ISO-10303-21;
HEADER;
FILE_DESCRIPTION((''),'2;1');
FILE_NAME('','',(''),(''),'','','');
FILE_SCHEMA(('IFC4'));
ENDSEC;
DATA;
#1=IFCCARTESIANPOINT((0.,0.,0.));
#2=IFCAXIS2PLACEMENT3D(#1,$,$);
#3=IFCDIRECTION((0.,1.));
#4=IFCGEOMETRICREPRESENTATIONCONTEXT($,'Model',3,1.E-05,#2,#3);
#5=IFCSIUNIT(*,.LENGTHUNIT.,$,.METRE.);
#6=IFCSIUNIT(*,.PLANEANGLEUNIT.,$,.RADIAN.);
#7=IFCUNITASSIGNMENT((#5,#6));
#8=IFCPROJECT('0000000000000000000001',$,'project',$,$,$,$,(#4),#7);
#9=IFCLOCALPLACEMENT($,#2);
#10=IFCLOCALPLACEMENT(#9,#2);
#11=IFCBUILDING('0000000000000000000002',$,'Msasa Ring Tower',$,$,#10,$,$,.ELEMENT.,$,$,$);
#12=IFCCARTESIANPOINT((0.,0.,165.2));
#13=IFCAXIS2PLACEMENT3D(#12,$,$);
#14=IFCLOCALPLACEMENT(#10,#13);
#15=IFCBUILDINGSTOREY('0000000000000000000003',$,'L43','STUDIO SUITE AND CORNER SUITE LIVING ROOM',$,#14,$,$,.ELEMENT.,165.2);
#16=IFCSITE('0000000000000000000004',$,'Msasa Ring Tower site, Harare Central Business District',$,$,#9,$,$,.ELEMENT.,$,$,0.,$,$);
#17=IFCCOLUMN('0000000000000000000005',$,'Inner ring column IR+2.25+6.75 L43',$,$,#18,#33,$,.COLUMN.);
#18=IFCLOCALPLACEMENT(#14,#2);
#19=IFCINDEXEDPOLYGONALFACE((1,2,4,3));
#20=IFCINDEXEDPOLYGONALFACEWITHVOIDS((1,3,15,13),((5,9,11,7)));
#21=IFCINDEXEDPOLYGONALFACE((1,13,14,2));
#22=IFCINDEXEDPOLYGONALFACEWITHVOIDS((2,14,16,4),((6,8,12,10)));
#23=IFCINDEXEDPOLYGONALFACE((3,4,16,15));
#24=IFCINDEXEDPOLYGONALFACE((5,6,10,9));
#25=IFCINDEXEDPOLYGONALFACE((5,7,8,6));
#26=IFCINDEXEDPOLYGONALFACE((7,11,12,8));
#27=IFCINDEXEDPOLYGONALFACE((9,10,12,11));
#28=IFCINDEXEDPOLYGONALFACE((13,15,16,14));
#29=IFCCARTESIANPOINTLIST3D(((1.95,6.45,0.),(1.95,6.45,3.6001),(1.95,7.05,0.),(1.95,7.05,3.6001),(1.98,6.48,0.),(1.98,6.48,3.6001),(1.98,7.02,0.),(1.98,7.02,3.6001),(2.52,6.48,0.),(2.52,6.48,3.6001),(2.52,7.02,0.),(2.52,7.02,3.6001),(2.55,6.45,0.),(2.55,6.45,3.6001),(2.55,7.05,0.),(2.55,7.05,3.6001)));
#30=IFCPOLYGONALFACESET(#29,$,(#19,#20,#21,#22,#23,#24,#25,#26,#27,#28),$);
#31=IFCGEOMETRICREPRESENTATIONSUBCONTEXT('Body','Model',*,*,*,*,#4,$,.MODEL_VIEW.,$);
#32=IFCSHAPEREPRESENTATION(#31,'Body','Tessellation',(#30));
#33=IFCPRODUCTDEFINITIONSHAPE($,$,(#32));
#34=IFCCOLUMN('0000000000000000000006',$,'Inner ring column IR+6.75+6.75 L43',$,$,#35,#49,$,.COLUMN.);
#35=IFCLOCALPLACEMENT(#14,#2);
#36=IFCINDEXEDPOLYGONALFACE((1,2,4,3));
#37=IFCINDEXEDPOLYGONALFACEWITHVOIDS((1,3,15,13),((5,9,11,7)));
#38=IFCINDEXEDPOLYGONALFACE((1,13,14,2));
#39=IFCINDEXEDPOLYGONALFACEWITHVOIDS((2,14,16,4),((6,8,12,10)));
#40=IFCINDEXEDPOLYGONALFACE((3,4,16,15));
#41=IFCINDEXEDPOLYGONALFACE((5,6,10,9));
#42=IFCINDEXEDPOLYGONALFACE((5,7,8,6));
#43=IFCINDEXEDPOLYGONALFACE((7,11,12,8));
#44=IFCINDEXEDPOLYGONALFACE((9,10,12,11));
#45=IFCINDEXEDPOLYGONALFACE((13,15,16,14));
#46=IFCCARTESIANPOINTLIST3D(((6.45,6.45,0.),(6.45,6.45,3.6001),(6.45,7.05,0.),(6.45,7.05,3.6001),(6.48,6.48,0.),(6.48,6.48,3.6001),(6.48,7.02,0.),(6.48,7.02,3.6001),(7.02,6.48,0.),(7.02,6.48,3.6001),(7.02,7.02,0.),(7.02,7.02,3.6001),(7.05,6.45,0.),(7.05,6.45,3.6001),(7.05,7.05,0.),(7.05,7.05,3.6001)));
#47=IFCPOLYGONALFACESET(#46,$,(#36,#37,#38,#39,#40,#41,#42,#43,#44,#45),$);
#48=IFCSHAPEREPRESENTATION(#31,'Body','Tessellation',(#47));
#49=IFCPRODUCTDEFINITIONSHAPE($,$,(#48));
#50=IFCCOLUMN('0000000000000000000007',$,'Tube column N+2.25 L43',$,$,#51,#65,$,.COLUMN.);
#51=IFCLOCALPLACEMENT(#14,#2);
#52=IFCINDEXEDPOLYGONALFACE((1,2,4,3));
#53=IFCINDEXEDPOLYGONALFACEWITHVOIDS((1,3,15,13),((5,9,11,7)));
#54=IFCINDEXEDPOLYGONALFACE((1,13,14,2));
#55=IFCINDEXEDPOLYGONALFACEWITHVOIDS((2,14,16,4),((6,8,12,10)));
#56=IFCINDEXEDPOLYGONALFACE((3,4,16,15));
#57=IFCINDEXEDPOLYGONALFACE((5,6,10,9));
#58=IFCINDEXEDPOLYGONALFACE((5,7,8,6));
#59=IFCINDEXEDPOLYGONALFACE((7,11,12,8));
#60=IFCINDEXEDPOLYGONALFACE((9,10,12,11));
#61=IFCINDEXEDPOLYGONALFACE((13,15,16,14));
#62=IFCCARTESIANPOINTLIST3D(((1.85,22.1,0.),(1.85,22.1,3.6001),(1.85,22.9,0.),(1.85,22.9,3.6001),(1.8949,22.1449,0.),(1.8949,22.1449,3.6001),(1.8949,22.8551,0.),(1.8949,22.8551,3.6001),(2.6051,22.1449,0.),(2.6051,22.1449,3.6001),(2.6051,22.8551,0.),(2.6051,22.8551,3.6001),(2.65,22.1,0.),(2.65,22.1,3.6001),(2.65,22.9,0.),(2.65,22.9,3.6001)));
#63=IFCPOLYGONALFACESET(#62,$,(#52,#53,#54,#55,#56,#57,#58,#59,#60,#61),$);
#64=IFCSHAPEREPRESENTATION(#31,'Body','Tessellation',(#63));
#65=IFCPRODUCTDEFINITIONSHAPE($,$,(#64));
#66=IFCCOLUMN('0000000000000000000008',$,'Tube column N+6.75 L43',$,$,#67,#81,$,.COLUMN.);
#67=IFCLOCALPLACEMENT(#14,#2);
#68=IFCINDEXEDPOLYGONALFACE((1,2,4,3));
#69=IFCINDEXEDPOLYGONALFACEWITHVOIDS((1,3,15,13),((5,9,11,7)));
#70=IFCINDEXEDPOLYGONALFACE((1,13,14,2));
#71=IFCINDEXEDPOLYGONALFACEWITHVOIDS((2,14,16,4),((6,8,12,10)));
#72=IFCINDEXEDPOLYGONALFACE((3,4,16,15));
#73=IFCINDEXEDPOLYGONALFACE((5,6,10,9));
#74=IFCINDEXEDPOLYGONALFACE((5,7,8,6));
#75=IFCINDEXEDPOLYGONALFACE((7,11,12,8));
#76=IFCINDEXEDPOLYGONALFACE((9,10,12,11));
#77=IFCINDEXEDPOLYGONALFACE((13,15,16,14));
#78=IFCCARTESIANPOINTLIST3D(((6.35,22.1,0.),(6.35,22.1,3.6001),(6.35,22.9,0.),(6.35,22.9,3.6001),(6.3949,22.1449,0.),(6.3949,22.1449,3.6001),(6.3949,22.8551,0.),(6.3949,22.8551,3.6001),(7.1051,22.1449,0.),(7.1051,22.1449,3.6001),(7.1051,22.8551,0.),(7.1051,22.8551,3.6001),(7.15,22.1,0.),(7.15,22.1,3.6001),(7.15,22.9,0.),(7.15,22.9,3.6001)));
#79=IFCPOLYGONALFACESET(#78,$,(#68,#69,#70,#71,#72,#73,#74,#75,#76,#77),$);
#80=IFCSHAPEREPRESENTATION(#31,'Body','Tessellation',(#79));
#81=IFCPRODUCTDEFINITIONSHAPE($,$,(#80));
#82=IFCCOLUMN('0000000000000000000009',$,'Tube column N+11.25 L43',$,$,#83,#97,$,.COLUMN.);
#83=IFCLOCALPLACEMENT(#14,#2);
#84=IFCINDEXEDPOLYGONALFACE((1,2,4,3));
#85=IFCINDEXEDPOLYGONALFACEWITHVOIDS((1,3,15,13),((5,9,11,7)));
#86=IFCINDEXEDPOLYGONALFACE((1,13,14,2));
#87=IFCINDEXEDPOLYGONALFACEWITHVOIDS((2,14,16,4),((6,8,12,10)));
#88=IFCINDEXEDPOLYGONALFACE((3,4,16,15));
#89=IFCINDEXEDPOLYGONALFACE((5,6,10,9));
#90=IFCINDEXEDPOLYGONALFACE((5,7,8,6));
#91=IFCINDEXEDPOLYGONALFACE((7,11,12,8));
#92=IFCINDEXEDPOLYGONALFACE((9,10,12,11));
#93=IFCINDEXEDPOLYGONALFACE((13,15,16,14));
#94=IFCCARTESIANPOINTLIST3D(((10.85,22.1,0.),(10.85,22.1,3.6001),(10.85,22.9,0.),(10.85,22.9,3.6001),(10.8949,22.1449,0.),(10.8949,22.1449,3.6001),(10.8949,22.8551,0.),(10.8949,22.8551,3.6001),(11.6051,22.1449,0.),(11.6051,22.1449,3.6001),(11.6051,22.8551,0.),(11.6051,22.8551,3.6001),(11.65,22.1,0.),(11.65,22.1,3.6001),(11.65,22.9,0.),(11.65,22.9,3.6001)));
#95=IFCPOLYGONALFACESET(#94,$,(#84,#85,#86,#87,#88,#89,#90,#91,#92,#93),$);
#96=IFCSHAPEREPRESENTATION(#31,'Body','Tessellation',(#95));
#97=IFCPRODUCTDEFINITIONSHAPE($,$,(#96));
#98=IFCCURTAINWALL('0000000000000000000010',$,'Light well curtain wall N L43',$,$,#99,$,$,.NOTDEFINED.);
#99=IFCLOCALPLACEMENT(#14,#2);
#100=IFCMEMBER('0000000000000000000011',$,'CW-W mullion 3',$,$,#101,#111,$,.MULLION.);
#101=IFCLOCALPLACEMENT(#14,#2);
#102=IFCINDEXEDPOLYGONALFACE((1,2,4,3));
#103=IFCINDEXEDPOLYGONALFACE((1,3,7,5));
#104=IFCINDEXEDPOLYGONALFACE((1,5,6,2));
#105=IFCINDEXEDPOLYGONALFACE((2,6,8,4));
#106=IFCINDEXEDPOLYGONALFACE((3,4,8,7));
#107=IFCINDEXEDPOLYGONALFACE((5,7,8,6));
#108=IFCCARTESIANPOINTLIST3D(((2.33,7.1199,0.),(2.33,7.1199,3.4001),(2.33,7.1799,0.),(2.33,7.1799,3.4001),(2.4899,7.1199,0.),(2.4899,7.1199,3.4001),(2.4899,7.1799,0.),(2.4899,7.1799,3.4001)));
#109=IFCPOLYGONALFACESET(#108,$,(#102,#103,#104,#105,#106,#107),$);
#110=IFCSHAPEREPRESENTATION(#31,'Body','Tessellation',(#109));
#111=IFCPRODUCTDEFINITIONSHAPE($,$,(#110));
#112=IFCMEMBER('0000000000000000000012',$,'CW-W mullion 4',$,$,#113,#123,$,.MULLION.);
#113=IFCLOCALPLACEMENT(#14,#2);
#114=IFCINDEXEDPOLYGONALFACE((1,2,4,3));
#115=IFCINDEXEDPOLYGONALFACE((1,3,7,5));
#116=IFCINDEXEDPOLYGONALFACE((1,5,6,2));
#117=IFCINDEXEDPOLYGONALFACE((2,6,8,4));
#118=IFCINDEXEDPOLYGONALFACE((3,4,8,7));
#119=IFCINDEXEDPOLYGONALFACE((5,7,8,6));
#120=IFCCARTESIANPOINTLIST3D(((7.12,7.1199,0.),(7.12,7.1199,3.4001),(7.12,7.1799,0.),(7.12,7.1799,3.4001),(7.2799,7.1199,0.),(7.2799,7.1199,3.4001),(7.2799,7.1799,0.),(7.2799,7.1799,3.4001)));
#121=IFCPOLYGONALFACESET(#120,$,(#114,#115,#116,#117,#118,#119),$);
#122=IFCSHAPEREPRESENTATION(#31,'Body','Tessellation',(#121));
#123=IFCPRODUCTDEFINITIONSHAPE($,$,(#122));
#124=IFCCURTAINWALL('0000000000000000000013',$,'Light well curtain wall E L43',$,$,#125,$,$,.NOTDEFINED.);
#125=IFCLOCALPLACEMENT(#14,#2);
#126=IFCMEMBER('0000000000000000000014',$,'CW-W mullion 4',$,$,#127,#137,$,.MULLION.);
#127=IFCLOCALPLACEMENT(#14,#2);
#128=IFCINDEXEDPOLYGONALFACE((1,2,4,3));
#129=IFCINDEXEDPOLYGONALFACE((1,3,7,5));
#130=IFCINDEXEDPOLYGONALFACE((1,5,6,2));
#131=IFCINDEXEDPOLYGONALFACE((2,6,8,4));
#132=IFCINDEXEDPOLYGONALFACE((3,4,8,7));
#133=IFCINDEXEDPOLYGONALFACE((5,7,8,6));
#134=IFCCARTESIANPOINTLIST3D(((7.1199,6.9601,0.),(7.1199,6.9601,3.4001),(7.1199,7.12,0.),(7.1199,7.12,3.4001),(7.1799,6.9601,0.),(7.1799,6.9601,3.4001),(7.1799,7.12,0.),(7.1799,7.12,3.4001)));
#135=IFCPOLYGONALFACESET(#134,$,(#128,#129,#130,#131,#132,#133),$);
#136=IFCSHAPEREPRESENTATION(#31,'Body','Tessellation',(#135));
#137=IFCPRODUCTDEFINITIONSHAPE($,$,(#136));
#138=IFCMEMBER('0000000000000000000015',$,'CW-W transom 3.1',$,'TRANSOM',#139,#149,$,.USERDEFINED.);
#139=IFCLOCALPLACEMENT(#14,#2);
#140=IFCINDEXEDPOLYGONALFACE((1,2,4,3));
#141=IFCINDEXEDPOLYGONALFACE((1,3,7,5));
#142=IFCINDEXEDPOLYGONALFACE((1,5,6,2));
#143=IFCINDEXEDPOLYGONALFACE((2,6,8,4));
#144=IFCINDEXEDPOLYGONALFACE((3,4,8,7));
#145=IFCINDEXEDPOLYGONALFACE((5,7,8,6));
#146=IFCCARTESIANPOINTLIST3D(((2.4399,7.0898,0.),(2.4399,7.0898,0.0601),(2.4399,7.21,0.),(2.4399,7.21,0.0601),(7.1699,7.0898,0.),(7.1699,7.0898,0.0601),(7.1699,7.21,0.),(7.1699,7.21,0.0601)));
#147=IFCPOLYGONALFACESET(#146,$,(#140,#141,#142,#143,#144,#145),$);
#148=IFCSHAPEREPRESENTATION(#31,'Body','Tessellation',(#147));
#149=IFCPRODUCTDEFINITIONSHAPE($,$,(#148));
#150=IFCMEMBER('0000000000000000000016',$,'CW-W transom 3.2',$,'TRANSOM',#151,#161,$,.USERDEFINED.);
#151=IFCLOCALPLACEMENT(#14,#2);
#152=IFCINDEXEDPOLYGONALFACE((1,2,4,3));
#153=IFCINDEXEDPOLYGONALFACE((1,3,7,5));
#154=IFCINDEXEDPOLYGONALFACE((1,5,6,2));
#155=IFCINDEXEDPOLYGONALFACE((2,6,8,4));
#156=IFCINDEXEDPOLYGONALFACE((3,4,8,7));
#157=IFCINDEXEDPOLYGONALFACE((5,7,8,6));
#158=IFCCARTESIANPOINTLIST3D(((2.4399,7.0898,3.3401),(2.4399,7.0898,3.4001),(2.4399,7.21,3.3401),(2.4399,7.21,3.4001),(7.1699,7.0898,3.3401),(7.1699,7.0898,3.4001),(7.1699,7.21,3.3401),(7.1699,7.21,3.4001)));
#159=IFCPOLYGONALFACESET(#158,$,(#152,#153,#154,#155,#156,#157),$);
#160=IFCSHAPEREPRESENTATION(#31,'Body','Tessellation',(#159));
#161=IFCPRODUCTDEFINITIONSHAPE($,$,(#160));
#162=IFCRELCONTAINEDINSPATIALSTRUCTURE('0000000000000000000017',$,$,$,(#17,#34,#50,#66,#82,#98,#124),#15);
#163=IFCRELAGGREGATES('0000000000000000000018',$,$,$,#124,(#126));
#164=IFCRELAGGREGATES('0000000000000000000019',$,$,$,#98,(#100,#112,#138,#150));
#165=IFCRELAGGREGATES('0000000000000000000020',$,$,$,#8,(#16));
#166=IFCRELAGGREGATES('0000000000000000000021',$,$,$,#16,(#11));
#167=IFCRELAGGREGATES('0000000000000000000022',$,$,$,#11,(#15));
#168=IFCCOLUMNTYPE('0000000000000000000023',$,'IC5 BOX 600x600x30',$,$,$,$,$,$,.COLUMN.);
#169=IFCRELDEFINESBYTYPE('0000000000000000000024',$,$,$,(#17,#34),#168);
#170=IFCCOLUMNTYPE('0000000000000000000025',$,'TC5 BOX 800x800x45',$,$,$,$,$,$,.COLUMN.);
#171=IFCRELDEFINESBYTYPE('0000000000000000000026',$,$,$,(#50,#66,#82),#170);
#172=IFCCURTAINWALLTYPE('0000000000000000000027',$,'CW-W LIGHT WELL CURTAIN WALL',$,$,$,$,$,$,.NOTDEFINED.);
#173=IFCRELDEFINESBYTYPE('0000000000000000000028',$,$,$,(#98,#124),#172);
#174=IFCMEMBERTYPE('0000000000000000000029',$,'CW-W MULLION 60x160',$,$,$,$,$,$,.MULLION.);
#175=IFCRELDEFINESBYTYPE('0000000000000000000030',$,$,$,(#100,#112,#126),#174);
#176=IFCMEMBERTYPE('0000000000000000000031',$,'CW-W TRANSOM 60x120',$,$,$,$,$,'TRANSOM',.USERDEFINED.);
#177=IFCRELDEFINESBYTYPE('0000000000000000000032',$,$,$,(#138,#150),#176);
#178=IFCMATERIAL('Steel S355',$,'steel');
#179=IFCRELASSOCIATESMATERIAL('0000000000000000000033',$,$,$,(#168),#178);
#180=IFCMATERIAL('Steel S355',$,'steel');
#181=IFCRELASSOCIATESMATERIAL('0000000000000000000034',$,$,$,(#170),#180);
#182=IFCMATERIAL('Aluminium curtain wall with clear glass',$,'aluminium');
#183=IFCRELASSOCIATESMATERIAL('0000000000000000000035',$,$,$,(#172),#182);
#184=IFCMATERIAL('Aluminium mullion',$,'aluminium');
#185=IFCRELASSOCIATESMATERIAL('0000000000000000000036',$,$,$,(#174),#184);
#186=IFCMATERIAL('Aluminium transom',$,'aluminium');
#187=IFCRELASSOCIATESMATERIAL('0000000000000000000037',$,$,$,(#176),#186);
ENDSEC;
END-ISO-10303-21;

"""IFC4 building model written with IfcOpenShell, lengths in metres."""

from ifc_helpers import new_model, si_unit, direction, frame, origin, origin_2d, place, context, subcontext, project, spatial, rectangle, hollow_rectangle, extrude, material, material_profile, profile_set, type_object, element, aggregate, save


model = new_model("IFC4")

# Units and contexts
model_context = context("Model", 3, precision=1e-05, world=origin(), true_north=direction((0.0, 1.0)))
body_context = subcontext(model_context, "Body", "Model", "MODEL_VIEW")
ifc_project = project(units=[si_unit("LENGTHUNIT", "METRE"), si_unit("PLANEANGLEUNIT", "RADIAN")], contexts=[model_context])

# Site, building, storey
site_placement = place(None, origin())
site = spatial("IfcSite", under=ifc_project, at=site_placement, Name="Msasa Ring Tower site, Harare Central Business District", CompositionType="ELEMENT", RefElevation=0.0)
building_placement = place(site_placement, origin())
building = spatial("IfcBuilding", under=site, at=building_placement, Name="Msasa Ring Tower", CompositionType="ELEMENT")
storey_placement = place(building_placement, frame((0.0, 0.0, 165.2)))
storey = spatial("IfcBuildingStorey", under=building, at=storey_placement, Name="L43", Description="STUDIO SUITE AND CORNER SUITE LIVING ROOM", CompositionType="ELEMENT", Elevation=165.2)

# Columns
ifc_material_1 = material(Name="Steel S355", Category="steel")
ifc_material_profile_1 = material_profile(ifc_material_1, hollow_rectangle(XDim=0.6001, YDim=0.6001, WallThickness=0.03, at=origin_2d()), Name="BOX 600x600x30")
ifc_profile_set_1 = profile_set([ifc_material_profile_1], Name="Steel S355")
column_type_1 = type_object("IfcColumnType", Name="IC5 BOX 600x600x30", PredefinedType="COLUMN", material=ifc_profile_set_1)
for number, where, z_axis, x_axis, name in (
    (1, (2.25, 6.75, 0.0), (0.0, 0.0, 1.0), (1.0, 0.0, 0.0), "Inner ring column IR+2.25+6.75 L43"),
    (2, (6.75, 6.75, 0.0), (0.0, 0.0, 1.0), (1.0, 0.0, 0.0), "Inner ring column IR+6.75+6.75 L43"),
):
    element("IfcColumn", number, at=place(storey_placement, frame(where, z_axis=z_axis, x_axis=x_axis)), inside=storey, type_object=column_type_1, Name=name, PredefinedType="COLUMN", context=body_context, shape_type="SweptSolid", body=[
        extrude(hollow_rectangle(XDim=0.6001, YDim=0.6001, WallThickness=0.03, at=origin_2d()), origin(), (0.0, 0.0, 1.0), 3.6001),
    ])
ifc_material_2 = material(Name="Steel S355", Category="steel")
ifc_material_profile_2 = material_profile(ifc_material_2, hollow_rectangle(XDim=0.8, YDim=0.8, WallThickness=0.0449, at=origin_2d()), Name="BOX 800x800x45")
ifc_profile_set_2 = profile_set([ifc_material_profile_2], Name="Steel S355")
column_type_2 = type_object("IfcColumnType", Name="TC5 BOX 800x800x45", PredefinedType="COLUMN", material=ifc_profile_set_2)
for number, where, z_axis, x_axis, name in (
    (3, (2.25, 22.5, 0.0), (0.0, 0.0, 1.0), (0.0, 1.0, 0.0), "Tube column N+2.25 L43"),
    (4, (6.75, 22.5, 0.0), (0.0, 0.0, 1.0), (0.0, 1.0, 0.0), "Tube column N+6.75 L43"),
    (5, (11.25, 22.5, 0.0), (0.0, 0.0, 1.0), (0.0, 1.0, 0.0), "Tube column N+11.25 L43"),
):
    element("IfcColumn", number, at=place(storey_placement, frame(where, z_axis=z_axis, x_axis=x_axis)), inside=storey, type_object=column_type_2, Name=name, PredefinedType="COLUMN", context=body_context, shape_type="SweptSolid", body=[
        extrude(hollow_rectangle(XDim=0.8, YDim=0.8, WallThickness=0.0449, at=origin_2d()), origin(), (0.0, 0.0, 1.0), 3.6001),
    ])

# Curtain wall, members
ifc_material_3 = material(Name="Aluminium curtain wall with clear glass", Category="aluminium")
curtain_wall_type = type_object("IfcCurtainWallType", Name="CW-W LIGHT WELL CURTAIN WALL", PredefinedType="NOTDEFINED", material=ifc_material_3)
curtain_wall_1_placement = place(storey_placement, origin())
curtain_wall_1 = element("IfcCurtainWall", 6, at=curtain_wall_1_placement, inside=storey, type_object=curtain_wall_type, Name="Light well curtain wall N L43", PredefinedType="NOTDEFINED")
ifc_material_4 = material(Name="Aluminium mullion", Category="aluminium")
ifc_material_profile_3 = material_profile(ifc_material_4, rectangle(XDim=0.0601, YDim=0.1599, at=origin_2d()), Name="AL 60x160")
ifc_profile_set_3 = profile_set([ifc_material_profile_3], Name="Aluminium mullion")
member_type_1 = type_object("IfcMemberType", Name="CW-W MULLION 60x160", PredefinedType="MULLION", material=ifc_profile_set_3)
member_1_placement = place(storey_placement, frame((2.4099, 7.1499, 0.0), z_axis=(0.0, 0.0, 1.0), x_axis=(0.0, 1.0, 0.0)))
member_1 = element("IfcMember", 7, at=member_1_placement, type_object=member_type_1, Name="CW-W mullion 3", PredefinedType="MULLION", context=body_context, shape_type="SweptSolid", body=[
    extrude(rectangle(XDim=0.0601, YDim=0.1599, at=origin_2d()), origin(), (0.0, 0.0, 1.0), 3.4001),
])
member_2_placement = place(storey_placement, frame((7.2, 7.1499, 0.0), z_axis=(0.0, 0.0, 1.0), x_axis=(0.0, 1.0, 0.0)))
member_2 = element("IfcMember", 8, at=member_2_placement, type_object=member_type_1, Name="CW-W mullion 4", PredefinedType="MULLION", context=body_context, shape_type="SweptSolid", body=[
    extrude(rectangle(XDim=0.0601, YDim=0.1599, at=origin_2d()), origin(), (0.0, 0.0, 1.0), 3.4001),
])

# Curtain wall, member
curtain_wall_2_placement = place(storey_placement, origin())
curtain_wall_2 = element("IfcCurtainWall", 9, at=curtain_wall_2_placement, inside=storey, type_object=curtain_wall_type, Name="Light well curtain wall E L43", PredefinedType="NOTDEFINED")
member_3_placement = place(storey_placement, frame((7.1499, 7.04, 0.0), z_axis=(0.0, 0.0, 1.0), x_axis=(-1.0, 0.0, 0.0)))
member_3 = element("IfcMember", 10, at=member_3_placement, type_object=member_type_1, Name="CW-W mullion 4", PredefinedType="MULLION", context=body_context, shape_type="SweptSolid", body=[
    extrude(rectangle(XDim=0.0601, YDim=0.1599, at=origin_2d()), origin(), (0.0, 0.0, 1.0), 3.4001),
])
aggregate(curtain_wall_2, [member_3])

# Members
ifc_material_5 = material(Name="Aluminium transom", Category="aluminium")
ifc_material_profile_4 = material_profile(ifc_material_5, rectangle(XDim=0.1201, YDim=0.0601, at=origin_2d()), Name="AL 60x120")
ifc_profile_set_4 = profile_set([ifc_material_profile_4], Name="Aluminium transom")
member_type_2 = type_object("IfcMemberType", Name="CW-W TRANSOM 60x120", ElementType="TRANSOM", PredefinedType="USERDEFINED", material=ifc_profile_set_4)
member_4_placement = place(storey_placement, frame((2.4399, 7.1499, 0.03), z_axis=(1.0, 0.0, 0.0), x_axis=(0.0, 1.0, 0.0)))
member_4 = element("IfcMember", 11, at=member_4_placement, type_object=member_type_2, Name="CW-W transom 3.1", ObjectType="TRANSOM", PredefinedType="USERDEFINED", context=body_context, shape_type="SweptSolid", body=[
    extrude(rectangle(XDim=0.1201, YDim=0.0601, at=origin_2d()), origin(), (0.0, 0.0, 1.0), 4.73),
])
member_5_placement = place(storey_placement, frame((2.4399, 7.1499, 3.3701), z_axis=(1.0, 0.0, 0.0), x_axis=(0.0, 1.0, 0.0)))
member_5 = element("IfcMember", 12, at=member_5_placement, type_object=member_type_2, Name="CW-W transom 3.2", ObjectType="TRANSOM", PredefinedType="USERDEFINED", context=body_context, shape_type="SweptSolid", body=[
    extrude(rectangle(XDim=0.1201, YDim=0.0601, at=origin_2d()), origin(), (0.0, 0.0, 1.0), 4.73),
])

aggregate(curtain_wall_1, [member_1, member_2, member_4, member_5])

save(model, "model.ifc")
